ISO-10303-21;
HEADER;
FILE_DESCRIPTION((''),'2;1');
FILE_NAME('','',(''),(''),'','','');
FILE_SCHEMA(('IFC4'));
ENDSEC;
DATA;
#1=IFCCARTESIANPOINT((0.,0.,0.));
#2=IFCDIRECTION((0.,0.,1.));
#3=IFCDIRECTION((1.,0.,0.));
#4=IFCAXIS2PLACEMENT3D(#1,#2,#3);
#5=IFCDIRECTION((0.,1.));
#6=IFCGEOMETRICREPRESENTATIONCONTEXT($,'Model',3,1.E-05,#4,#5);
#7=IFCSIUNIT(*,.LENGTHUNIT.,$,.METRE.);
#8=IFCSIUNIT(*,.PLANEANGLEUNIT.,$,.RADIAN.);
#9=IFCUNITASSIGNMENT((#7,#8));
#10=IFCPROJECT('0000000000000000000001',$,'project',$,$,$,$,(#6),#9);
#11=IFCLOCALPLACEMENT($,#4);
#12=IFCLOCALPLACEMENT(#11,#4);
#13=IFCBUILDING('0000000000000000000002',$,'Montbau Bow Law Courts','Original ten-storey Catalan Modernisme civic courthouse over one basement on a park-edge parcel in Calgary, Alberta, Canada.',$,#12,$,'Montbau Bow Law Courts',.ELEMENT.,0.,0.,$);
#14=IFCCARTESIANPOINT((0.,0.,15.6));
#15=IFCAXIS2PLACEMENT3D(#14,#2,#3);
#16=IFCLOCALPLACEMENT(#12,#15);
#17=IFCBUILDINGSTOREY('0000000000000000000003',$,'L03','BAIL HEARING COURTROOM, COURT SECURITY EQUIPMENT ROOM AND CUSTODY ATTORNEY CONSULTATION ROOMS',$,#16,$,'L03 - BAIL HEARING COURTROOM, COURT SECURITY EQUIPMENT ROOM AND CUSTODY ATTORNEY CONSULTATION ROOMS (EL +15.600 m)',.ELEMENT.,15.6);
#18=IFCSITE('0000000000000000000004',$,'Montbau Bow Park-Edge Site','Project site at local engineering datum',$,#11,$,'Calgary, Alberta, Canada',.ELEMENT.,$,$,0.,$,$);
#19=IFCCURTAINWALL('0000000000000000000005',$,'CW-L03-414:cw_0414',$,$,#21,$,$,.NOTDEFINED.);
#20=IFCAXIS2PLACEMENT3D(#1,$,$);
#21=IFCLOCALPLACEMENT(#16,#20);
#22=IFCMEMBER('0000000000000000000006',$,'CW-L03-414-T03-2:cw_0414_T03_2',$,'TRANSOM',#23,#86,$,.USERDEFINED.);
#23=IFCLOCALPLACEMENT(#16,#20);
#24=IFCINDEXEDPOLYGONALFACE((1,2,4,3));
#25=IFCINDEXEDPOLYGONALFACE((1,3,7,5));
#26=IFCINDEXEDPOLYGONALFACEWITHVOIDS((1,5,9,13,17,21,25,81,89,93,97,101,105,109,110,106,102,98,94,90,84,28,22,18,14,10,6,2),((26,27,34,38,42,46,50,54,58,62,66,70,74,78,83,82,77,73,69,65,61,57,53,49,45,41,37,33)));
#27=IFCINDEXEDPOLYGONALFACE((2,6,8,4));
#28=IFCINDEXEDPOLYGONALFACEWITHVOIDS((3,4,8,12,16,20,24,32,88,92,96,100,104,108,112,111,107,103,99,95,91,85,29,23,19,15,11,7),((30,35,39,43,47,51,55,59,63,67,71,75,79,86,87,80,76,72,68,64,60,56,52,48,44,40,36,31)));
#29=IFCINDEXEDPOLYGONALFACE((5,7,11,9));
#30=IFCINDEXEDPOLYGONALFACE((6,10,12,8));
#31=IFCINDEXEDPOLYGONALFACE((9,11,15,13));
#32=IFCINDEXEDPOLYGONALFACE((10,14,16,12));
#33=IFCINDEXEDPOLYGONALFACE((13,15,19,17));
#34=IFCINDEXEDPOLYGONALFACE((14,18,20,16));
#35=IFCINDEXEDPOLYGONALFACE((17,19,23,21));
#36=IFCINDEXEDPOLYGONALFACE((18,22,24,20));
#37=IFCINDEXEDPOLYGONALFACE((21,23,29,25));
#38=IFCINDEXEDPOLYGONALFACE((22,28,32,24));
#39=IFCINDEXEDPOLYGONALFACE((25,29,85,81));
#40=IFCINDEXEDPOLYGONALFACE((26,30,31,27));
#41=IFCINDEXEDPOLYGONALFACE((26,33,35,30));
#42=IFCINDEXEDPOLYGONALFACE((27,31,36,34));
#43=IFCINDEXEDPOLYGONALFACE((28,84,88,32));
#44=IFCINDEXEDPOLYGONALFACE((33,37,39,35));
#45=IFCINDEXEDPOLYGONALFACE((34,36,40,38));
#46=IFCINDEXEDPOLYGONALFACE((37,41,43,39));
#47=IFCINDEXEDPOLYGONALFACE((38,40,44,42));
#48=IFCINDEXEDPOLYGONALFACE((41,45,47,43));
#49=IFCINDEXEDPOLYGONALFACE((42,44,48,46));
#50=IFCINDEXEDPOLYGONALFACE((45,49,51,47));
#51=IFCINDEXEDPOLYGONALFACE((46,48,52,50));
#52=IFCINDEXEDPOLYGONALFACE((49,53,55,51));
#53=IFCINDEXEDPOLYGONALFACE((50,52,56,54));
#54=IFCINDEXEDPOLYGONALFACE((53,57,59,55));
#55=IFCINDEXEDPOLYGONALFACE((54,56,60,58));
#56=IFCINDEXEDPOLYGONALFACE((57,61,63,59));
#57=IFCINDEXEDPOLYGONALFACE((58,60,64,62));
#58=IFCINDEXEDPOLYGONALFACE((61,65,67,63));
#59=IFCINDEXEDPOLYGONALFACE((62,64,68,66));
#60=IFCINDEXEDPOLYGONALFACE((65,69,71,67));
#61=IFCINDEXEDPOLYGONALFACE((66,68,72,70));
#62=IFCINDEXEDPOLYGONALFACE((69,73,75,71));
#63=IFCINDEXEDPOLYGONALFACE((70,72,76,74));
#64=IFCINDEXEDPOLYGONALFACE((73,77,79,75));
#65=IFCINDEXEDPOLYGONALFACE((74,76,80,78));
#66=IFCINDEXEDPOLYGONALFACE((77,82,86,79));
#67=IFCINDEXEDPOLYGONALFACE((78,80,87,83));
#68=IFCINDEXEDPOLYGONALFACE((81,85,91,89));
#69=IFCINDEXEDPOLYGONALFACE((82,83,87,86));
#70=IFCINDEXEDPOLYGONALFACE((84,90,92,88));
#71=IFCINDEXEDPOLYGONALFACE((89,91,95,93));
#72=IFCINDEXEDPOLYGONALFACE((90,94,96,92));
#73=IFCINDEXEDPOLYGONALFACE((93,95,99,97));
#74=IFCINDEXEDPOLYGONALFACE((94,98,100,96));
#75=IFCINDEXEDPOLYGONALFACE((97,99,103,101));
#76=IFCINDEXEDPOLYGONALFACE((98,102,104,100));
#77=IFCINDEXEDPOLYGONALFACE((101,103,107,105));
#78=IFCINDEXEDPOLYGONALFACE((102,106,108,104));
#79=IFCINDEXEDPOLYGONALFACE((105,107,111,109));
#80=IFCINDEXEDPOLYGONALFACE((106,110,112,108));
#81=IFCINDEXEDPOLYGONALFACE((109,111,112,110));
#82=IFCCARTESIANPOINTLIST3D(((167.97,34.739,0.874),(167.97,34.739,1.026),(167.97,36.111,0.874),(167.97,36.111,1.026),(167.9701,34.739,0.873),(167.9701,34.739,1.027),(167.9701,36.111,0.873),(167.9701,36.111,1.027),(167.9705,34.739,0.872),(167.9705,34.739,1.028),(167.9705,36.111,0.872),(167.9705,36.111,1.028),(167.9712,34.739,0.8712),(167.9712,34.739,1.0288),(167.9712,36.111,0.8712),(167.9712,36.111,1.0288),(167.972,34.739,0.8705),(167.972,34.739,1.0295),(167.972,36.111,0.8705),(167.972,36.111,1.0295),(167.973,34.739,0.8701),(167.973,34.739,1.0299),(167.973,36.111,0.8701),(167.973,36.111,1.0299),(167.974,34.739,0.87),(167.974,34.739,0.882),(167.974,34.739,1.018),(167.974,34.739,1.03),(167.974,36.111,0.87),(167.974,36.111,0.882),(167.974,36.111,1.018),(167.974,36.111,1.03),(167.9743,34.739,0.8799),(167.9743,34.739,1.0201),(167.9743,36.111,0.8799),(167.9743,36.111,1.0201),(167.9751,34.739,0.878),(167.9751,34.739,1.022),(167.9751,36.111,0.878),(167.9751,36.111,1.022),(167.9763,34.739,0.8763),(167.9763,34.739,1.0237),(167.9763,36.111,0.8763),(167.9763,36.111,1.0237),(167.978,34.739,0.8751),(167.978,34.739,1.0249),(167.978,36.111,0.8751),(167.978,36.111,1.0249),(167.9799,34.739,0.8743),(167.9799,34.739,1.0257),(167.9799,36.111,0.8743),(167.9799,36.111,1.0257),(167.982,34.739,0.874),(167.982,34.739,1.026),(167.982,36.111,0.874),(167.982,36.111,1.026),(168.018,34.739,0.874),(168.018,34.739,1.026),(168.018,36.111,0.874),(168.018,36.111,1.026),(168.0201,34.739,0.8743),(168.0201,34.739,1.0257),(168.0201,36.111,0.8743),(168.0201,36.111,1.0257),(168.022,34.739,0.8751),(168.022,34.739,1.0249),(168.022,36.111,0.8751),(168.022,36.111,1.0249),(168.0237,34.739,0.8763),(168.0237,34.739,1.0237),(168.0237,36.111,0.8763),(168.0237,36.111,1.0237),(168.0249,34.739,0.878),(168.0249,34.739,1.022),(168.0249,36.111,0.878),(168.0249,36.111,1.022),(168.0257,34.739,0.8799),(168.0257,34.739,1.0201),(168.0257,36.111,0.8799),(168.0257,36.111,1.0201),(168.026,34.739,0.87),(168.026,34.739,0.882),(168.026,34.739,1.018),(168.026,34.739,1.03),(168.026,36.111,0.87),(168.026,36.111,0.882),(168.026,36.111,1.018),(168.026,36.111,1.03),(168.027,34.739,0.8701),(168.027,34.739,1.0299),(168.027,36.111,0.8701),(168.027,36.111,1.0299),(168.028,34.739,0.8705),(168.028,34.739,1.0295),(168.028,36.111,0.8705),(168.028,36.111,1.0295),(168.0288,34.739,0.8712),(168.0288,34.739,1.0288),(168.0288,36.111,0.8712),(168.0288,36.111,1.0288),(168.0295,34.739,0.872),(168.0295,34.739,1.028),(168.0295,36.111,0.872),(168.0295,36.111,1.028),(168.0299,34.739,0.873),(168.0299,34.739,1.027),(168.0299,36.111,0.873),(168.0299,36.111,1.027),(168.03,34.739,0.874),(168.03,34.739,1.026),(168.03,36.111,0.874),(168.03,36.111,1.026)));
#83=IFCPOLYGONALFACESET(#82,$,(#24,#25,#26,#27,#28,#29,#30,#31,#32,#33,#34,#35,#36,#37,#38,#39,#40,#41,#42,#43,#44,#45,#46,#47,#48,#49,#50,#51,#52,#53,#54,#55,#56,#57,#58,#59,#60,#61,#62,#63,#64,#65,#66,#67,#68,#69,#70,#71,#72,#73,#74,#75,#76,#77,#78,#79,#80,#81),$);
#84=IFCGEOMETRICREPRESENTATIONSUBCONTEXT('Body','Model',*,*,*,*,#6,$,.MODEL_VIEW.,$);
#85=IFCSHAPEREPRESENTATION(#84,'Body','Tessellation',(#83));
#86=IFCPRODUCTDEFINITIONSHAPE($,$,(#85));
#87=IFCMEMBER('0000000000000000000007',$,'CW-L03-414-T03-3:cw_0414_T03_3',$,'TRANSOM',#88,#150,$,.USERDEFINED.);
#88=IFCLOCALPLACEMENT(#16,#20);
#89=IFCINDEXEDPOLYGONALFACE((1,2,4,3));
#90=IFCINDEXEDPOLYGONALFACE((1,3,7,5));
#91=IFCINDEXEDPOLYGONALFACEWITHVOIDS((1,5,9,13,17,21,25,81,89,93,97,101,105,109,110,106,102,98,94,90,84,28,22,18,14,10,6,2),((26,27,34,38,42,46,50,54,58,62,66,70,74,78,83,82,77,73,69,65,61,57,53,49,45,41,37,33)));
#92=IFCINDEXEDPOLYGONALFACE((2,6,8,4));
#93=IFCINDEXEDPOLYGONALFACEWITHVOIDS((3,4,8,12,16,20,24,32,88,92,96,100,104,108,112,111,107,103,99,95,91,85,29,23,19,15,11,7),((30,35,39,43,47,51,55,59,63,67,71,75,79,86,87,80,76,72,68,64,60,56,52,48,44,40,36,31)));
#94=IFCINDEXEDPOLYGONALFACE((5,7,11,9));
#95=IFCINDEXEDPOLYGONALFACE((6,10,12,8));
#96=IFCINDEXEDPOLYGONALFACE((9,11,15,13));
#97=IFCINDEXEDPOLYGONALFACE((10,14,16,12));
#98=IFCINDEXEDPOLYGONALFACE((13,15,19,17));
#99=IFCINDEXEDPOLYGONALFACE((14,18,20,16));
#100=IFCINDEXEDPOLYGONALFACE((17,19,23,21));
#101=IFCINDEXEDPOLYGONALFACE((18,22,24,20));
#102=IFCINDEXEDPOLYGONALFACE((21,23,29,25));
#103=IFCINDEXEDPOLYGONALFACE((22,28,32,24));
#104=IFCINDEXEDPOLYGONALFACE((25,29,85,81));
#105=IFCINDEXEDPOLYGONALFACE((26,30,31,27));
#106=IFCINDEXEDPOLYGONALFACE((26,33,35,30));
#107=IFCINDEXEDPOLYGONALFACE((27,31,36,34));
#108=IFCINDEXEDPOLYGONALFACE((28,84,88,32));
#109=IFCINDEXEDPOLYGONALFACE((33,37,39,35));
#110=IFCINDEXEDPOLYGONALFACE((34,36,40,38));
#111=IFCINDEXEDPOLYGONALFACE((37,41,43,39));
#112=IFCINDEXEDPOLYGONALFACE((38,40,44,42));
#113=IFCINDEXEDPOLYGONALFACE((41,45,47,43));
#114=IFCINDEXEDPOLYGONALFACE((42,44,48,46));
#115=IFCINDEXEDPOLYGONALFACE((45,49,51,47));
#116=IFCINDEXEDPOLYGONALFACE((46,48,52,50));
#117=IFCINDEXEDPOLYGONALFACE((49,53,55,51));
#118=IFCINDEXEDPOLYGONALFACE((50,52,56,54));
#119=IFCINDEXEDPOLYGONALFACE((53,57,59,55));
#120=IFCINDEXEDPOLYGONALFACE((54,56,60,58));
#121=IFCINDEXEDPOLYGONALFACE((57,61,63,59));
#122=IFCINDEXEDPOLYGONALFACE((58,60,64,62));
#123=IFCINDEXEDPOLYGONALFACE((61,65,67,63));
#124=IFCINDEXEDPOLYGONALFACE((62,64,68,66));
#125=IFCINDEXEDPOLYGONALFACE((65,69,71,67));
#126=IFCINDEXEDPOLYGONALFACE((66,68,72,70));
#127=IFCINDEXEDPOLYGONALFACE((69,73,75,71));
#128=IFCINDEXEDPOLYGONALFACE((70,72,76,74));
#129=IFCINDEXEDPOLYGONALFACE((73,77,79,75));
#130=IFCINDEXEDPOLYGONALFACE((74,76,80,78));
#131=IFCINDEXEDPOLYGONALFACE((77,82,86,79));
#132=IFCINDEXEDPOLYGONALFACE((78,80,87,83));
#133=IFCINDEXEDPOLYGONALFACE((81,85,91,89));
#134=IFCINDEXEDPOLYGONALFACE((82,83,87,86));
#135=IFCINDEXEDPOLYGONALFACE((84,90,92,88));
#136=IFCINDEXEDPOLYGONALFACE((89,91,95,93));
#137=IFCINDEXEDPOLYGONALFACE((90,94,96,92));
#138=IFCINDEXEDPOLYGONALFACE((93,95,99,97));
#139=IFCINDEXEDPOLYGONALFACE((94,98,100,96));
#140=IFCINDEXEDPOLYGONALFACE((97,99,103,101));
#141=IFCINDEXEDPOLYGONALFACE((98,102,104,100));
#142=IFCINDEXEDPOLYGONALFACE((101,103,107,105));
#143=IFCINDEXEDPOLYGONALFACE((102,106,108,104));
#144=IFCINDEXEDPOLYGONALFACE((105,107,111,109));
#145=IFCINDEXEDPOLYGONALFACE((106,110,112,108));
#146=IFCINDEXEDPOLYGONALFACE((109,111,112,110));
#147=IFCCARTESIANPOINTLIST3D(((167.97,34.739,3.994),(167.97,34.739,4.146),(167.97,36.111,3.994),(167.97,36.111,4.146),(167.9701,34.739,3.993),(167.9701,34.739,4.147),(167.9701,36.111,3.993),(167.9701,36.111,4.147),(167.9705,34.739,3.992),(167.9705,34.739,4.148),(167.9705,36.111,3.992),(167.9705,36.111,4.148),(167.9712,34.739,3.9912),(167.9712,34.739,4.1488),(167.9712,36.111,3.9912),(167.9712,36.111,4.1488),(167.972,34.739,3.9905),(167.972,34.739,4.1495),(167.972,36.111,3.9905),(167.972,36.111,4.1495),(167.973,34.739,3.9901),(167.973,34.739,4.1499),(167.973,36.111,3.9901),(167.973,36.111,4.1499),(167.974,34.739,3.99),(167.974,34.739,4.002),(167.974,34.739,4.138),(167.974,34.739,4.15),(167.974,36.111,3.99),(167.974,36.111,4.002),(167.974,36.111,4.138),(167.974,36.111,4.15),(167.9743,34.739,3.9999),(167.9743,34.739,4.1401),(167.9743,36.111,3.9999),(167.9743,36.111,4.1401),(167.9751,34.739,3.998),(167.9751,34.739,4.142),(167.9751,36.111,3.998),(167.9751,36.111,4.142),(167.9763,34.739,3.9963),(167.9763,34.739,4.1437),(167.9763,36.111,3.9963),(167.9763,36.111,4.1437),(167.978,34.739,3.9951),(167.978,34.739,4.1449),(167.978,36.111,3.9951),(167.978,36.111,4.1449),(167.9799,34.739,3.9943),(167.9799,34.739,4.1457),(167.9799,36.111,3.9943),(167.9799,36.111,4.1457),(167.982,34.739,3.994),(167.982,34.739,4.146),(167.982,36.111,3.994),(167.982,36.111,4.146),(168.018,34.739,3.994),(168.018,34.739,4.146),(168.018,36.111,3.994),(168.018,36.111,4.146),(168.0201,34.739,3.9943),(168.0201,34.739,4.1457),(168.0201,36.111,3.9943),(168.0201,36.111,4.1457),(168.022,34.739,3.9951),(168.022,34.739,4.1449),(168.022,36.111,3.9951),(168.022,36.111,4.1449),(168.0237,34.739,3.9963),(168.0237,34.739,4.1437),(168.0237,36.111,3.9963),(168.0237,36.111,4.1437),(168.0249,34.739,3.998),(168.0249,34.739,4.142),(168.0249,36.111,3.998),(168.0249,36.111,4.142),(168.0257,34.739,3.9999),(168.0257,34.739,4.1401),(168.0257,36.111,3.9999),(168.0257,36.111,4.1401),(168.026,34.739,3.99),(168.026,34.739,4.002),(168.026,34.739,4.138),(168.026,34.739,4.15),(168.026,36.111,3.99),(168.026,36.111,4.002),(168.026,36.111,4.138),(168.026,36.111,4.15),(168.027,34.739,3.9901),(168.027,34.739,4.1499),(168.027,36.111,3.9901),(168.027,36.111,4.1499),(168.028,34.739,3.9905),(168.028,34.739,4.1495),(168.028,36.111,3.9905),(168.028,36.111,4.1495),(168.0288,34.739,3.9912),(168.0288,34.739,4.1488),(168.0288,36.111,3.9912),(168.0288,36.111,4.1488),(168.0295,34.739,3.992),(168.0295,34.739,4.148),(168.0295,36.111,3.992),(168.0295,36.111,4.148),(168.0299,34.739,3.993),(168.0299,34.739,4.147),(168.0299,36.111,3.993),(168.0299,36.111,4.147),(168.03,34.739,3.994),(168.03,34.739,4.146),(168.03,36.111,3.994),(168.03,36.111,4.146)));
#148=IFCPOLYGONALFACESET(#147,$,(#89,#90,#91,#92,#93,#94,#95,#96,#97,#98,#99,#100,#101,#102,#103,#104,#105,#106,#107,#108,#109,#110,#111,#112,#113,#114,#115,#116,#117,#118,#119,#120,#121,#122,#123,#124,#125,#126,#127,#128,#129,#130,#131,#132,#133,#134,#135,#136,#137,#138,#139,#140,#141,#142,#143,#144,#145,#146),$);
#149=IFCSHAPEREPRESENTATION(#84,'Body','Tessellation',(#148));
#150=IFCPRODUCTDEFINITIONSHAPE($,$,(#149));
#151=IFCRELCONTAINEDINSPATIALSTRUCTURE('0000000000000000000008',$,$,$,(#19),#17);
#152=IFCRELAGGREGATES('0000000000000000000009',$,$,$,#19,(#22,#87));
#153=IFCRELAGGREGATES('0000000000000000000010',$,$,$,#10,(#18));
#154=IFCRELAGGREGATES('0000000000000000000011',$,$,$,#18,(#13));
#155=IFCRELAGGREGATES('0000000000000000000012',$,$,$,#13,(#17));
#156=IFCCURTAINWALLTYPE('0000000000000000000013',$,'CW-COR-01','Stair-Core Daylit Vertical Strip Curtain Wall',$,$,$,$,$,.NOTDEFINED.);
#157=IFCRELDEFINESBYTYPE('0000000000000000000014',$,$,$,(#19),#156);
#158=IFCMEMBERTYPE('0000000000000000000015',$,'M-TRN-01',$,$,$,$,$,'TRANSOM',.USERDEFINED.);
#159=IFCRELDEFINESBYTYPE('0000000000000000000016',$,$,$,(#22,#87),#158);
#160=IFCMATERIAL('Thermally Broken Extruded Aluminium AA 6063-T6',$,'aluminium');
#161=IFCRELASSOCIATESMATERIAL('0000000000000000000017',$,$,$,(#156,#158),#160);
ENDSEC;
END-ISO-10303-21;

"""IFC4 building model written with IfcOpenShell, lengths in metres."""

from ifc_helpers import new_model, si_unit, direction, frame, origin_with_axes, origin_2d_with_axis, place, context, subcontext, project, spatial, hollow_rectangle, extrude, material, material_profile, profile_set, type_object, element, aggregate, save


model = new_model("IFC4")

# Units and contexts
model_context = context("Model", 3, precision=1e-05, world=origin_with_axes(), true_north=direction((0.0, 1.0)))
body_context = subcontext(model_context, "Body", "Model", "MODEL_VIEW")
ifc_project = project(units=[si_unit("LENGTHUNIT", "METRE"), si_unit("PLANEANGLEUNIT", "RADIAN")], contexts=[model_context])

# Site, building, storey
site_placement = place(None, origin_with_axes())
site = spatial("IfcSite", under=ifc_project, at=site_placement, Name="Montbau Bow Park-Edge Site", Description="Project site at local engineering datum", LongName="Calgary, Alberta, Canada", CompositionType="ELEMENT", RefElevation=0.0)
building_placement = place(site_placement, origin_with_axes())
building = spatial("IfcBuilding", under=site, at=building_placement, Name="Montbau Bow Law Courts", Description="Original ten-storey Catalan Modernisme civic courthouse over one basement on a park-edge parcel in Calgary, Alberta, Canada.", LongName="Montbau Bow Law Courts", CompositionType="ELEMENT", ElevationOfRefHeight=0.0, ElevationOfTerrain=0.0)
storey_placement = place(building_placement, frame((0.0, 0.0, 15.6), z_axis=(0.0, 0.0, 1.0), x_axis=(1.0, 0.0, 0.0)))
storey = spatial("IfcBuildingStorey", under=building, at=storey_placement, Name="L03", Description="BAIL HEARING COURTROOM, COURT SECURITY EQUIPMENT ROOM AND CUSTODY ATTORNEY CONSULTATION ROOMS", LongName="L03 - BAIL HEARING COURTROOM, COURT SECURITY EQUIPMENT ROOM AND CUSTODY ATTORNEY CONSULTATION ROOMS (EL +15.600 m)", CompositionType="ELEMENT", Elevation=15.6)

# Curtain wall, members
ifc_material_1 = material(Name="Thermally Broken Extruded Aluminium AA 6063-T6", Category="aluminium")
curtain_wall_type = type_object("IfcCurtainWallType", Name="CW-COR-01", Description="Stair-Core Daylit Vertical Strip Curtain Wall", PredefinedType="NOTDEFINED", material=ifc_material_1)
curtain_wall_placement = place(None, frame((168.0, 31.8, 15.6), z_axis=(0.0, 0.0, 1.0), x_axis=(1.0, 0.0, 0.0)))
curtain_wall = element("IfcCurtainWall", 1, at=curtain_wall_placement, inside=storey, type_object=curtain_wall_type, Name="CW-L03-414:cw_0414", PredefinedType="NOTDEFINED")
ifc_material_profile_1 = material_profile(ifc_material_1, hollow_rectangle(XDim=0.06, YDim=0.16, WallThickness=0.004, InnerFilletRadius=0.008, OuterFilletRadius=0.004, at=origin_2d_with_axis()), Name="CWT-160X60", Category="Main", Priority=0)
ifc_profile_set_1 = profile_set([ifc_material_profile_1], Name="Thermally Broken Extruded Aluminium AA 6063-T6")
member_type_1 = type_object("IfcMemberType", Name="M-TRN-01", ElementType="TRANSOM", PredefinedType="USERDEFINED", material=ifc_profile_set_1)
member_1_placement = place(None, frame((168.0, 34.739, 16.55), z_axis=(0.0, 1.0, 0.0), x_axis=(-1.0, 0.0, 0.0)))
member_1 = element("IfcMember", 2, at=member_1_placement, type_object=member_type_1, Name="CW-L03-414-T03-2:cw_0414_T03_2", ObjectType="TRANSOM", PredefinedType="USERDEFINED", context=body_context, shape_type="SweptSolid", body=[
    extrude(hollow_rectangle(XDim=0.06, YDim=0.16, WallThickness=0.004, InnerFilletRadius=0.008, OuterFilletRadius=0.004, at=origin_2d_with_axis()), origin_with_axes(), (0.0, 0.0, 1.0), 1.372),
])
member_2_placement = place(None, frame((168.0, 34.739, 19.67), z_axis=(0.0, 1.0, 0.0), x_axis=(-1.0, 0.0, 0.0)))
member_2 = element("IfcMember", 3, at=member_2_placement, type_object=member_type_1, Name="CW-L03-414-T03-3:cw_0414_T03_3", ObjectType="TRANSOM", PredefinedType="USERDEFINED", context=body_context, shape_type="SweptSolid", body=[
    extrude(hollow_rectangle(XDim=0.06, YDim=0.16, WallThickness=0.004, InnerFilletRadius=0.008, OuterFilletRadius=0.004, at=origin_2d_with_axis()), origin_with_axes(), (0.0, 0.0, 1.0), 1.372),
])
aggregate(curtain_wall, [member_1, member_2])

save(model, "model.ifc")
